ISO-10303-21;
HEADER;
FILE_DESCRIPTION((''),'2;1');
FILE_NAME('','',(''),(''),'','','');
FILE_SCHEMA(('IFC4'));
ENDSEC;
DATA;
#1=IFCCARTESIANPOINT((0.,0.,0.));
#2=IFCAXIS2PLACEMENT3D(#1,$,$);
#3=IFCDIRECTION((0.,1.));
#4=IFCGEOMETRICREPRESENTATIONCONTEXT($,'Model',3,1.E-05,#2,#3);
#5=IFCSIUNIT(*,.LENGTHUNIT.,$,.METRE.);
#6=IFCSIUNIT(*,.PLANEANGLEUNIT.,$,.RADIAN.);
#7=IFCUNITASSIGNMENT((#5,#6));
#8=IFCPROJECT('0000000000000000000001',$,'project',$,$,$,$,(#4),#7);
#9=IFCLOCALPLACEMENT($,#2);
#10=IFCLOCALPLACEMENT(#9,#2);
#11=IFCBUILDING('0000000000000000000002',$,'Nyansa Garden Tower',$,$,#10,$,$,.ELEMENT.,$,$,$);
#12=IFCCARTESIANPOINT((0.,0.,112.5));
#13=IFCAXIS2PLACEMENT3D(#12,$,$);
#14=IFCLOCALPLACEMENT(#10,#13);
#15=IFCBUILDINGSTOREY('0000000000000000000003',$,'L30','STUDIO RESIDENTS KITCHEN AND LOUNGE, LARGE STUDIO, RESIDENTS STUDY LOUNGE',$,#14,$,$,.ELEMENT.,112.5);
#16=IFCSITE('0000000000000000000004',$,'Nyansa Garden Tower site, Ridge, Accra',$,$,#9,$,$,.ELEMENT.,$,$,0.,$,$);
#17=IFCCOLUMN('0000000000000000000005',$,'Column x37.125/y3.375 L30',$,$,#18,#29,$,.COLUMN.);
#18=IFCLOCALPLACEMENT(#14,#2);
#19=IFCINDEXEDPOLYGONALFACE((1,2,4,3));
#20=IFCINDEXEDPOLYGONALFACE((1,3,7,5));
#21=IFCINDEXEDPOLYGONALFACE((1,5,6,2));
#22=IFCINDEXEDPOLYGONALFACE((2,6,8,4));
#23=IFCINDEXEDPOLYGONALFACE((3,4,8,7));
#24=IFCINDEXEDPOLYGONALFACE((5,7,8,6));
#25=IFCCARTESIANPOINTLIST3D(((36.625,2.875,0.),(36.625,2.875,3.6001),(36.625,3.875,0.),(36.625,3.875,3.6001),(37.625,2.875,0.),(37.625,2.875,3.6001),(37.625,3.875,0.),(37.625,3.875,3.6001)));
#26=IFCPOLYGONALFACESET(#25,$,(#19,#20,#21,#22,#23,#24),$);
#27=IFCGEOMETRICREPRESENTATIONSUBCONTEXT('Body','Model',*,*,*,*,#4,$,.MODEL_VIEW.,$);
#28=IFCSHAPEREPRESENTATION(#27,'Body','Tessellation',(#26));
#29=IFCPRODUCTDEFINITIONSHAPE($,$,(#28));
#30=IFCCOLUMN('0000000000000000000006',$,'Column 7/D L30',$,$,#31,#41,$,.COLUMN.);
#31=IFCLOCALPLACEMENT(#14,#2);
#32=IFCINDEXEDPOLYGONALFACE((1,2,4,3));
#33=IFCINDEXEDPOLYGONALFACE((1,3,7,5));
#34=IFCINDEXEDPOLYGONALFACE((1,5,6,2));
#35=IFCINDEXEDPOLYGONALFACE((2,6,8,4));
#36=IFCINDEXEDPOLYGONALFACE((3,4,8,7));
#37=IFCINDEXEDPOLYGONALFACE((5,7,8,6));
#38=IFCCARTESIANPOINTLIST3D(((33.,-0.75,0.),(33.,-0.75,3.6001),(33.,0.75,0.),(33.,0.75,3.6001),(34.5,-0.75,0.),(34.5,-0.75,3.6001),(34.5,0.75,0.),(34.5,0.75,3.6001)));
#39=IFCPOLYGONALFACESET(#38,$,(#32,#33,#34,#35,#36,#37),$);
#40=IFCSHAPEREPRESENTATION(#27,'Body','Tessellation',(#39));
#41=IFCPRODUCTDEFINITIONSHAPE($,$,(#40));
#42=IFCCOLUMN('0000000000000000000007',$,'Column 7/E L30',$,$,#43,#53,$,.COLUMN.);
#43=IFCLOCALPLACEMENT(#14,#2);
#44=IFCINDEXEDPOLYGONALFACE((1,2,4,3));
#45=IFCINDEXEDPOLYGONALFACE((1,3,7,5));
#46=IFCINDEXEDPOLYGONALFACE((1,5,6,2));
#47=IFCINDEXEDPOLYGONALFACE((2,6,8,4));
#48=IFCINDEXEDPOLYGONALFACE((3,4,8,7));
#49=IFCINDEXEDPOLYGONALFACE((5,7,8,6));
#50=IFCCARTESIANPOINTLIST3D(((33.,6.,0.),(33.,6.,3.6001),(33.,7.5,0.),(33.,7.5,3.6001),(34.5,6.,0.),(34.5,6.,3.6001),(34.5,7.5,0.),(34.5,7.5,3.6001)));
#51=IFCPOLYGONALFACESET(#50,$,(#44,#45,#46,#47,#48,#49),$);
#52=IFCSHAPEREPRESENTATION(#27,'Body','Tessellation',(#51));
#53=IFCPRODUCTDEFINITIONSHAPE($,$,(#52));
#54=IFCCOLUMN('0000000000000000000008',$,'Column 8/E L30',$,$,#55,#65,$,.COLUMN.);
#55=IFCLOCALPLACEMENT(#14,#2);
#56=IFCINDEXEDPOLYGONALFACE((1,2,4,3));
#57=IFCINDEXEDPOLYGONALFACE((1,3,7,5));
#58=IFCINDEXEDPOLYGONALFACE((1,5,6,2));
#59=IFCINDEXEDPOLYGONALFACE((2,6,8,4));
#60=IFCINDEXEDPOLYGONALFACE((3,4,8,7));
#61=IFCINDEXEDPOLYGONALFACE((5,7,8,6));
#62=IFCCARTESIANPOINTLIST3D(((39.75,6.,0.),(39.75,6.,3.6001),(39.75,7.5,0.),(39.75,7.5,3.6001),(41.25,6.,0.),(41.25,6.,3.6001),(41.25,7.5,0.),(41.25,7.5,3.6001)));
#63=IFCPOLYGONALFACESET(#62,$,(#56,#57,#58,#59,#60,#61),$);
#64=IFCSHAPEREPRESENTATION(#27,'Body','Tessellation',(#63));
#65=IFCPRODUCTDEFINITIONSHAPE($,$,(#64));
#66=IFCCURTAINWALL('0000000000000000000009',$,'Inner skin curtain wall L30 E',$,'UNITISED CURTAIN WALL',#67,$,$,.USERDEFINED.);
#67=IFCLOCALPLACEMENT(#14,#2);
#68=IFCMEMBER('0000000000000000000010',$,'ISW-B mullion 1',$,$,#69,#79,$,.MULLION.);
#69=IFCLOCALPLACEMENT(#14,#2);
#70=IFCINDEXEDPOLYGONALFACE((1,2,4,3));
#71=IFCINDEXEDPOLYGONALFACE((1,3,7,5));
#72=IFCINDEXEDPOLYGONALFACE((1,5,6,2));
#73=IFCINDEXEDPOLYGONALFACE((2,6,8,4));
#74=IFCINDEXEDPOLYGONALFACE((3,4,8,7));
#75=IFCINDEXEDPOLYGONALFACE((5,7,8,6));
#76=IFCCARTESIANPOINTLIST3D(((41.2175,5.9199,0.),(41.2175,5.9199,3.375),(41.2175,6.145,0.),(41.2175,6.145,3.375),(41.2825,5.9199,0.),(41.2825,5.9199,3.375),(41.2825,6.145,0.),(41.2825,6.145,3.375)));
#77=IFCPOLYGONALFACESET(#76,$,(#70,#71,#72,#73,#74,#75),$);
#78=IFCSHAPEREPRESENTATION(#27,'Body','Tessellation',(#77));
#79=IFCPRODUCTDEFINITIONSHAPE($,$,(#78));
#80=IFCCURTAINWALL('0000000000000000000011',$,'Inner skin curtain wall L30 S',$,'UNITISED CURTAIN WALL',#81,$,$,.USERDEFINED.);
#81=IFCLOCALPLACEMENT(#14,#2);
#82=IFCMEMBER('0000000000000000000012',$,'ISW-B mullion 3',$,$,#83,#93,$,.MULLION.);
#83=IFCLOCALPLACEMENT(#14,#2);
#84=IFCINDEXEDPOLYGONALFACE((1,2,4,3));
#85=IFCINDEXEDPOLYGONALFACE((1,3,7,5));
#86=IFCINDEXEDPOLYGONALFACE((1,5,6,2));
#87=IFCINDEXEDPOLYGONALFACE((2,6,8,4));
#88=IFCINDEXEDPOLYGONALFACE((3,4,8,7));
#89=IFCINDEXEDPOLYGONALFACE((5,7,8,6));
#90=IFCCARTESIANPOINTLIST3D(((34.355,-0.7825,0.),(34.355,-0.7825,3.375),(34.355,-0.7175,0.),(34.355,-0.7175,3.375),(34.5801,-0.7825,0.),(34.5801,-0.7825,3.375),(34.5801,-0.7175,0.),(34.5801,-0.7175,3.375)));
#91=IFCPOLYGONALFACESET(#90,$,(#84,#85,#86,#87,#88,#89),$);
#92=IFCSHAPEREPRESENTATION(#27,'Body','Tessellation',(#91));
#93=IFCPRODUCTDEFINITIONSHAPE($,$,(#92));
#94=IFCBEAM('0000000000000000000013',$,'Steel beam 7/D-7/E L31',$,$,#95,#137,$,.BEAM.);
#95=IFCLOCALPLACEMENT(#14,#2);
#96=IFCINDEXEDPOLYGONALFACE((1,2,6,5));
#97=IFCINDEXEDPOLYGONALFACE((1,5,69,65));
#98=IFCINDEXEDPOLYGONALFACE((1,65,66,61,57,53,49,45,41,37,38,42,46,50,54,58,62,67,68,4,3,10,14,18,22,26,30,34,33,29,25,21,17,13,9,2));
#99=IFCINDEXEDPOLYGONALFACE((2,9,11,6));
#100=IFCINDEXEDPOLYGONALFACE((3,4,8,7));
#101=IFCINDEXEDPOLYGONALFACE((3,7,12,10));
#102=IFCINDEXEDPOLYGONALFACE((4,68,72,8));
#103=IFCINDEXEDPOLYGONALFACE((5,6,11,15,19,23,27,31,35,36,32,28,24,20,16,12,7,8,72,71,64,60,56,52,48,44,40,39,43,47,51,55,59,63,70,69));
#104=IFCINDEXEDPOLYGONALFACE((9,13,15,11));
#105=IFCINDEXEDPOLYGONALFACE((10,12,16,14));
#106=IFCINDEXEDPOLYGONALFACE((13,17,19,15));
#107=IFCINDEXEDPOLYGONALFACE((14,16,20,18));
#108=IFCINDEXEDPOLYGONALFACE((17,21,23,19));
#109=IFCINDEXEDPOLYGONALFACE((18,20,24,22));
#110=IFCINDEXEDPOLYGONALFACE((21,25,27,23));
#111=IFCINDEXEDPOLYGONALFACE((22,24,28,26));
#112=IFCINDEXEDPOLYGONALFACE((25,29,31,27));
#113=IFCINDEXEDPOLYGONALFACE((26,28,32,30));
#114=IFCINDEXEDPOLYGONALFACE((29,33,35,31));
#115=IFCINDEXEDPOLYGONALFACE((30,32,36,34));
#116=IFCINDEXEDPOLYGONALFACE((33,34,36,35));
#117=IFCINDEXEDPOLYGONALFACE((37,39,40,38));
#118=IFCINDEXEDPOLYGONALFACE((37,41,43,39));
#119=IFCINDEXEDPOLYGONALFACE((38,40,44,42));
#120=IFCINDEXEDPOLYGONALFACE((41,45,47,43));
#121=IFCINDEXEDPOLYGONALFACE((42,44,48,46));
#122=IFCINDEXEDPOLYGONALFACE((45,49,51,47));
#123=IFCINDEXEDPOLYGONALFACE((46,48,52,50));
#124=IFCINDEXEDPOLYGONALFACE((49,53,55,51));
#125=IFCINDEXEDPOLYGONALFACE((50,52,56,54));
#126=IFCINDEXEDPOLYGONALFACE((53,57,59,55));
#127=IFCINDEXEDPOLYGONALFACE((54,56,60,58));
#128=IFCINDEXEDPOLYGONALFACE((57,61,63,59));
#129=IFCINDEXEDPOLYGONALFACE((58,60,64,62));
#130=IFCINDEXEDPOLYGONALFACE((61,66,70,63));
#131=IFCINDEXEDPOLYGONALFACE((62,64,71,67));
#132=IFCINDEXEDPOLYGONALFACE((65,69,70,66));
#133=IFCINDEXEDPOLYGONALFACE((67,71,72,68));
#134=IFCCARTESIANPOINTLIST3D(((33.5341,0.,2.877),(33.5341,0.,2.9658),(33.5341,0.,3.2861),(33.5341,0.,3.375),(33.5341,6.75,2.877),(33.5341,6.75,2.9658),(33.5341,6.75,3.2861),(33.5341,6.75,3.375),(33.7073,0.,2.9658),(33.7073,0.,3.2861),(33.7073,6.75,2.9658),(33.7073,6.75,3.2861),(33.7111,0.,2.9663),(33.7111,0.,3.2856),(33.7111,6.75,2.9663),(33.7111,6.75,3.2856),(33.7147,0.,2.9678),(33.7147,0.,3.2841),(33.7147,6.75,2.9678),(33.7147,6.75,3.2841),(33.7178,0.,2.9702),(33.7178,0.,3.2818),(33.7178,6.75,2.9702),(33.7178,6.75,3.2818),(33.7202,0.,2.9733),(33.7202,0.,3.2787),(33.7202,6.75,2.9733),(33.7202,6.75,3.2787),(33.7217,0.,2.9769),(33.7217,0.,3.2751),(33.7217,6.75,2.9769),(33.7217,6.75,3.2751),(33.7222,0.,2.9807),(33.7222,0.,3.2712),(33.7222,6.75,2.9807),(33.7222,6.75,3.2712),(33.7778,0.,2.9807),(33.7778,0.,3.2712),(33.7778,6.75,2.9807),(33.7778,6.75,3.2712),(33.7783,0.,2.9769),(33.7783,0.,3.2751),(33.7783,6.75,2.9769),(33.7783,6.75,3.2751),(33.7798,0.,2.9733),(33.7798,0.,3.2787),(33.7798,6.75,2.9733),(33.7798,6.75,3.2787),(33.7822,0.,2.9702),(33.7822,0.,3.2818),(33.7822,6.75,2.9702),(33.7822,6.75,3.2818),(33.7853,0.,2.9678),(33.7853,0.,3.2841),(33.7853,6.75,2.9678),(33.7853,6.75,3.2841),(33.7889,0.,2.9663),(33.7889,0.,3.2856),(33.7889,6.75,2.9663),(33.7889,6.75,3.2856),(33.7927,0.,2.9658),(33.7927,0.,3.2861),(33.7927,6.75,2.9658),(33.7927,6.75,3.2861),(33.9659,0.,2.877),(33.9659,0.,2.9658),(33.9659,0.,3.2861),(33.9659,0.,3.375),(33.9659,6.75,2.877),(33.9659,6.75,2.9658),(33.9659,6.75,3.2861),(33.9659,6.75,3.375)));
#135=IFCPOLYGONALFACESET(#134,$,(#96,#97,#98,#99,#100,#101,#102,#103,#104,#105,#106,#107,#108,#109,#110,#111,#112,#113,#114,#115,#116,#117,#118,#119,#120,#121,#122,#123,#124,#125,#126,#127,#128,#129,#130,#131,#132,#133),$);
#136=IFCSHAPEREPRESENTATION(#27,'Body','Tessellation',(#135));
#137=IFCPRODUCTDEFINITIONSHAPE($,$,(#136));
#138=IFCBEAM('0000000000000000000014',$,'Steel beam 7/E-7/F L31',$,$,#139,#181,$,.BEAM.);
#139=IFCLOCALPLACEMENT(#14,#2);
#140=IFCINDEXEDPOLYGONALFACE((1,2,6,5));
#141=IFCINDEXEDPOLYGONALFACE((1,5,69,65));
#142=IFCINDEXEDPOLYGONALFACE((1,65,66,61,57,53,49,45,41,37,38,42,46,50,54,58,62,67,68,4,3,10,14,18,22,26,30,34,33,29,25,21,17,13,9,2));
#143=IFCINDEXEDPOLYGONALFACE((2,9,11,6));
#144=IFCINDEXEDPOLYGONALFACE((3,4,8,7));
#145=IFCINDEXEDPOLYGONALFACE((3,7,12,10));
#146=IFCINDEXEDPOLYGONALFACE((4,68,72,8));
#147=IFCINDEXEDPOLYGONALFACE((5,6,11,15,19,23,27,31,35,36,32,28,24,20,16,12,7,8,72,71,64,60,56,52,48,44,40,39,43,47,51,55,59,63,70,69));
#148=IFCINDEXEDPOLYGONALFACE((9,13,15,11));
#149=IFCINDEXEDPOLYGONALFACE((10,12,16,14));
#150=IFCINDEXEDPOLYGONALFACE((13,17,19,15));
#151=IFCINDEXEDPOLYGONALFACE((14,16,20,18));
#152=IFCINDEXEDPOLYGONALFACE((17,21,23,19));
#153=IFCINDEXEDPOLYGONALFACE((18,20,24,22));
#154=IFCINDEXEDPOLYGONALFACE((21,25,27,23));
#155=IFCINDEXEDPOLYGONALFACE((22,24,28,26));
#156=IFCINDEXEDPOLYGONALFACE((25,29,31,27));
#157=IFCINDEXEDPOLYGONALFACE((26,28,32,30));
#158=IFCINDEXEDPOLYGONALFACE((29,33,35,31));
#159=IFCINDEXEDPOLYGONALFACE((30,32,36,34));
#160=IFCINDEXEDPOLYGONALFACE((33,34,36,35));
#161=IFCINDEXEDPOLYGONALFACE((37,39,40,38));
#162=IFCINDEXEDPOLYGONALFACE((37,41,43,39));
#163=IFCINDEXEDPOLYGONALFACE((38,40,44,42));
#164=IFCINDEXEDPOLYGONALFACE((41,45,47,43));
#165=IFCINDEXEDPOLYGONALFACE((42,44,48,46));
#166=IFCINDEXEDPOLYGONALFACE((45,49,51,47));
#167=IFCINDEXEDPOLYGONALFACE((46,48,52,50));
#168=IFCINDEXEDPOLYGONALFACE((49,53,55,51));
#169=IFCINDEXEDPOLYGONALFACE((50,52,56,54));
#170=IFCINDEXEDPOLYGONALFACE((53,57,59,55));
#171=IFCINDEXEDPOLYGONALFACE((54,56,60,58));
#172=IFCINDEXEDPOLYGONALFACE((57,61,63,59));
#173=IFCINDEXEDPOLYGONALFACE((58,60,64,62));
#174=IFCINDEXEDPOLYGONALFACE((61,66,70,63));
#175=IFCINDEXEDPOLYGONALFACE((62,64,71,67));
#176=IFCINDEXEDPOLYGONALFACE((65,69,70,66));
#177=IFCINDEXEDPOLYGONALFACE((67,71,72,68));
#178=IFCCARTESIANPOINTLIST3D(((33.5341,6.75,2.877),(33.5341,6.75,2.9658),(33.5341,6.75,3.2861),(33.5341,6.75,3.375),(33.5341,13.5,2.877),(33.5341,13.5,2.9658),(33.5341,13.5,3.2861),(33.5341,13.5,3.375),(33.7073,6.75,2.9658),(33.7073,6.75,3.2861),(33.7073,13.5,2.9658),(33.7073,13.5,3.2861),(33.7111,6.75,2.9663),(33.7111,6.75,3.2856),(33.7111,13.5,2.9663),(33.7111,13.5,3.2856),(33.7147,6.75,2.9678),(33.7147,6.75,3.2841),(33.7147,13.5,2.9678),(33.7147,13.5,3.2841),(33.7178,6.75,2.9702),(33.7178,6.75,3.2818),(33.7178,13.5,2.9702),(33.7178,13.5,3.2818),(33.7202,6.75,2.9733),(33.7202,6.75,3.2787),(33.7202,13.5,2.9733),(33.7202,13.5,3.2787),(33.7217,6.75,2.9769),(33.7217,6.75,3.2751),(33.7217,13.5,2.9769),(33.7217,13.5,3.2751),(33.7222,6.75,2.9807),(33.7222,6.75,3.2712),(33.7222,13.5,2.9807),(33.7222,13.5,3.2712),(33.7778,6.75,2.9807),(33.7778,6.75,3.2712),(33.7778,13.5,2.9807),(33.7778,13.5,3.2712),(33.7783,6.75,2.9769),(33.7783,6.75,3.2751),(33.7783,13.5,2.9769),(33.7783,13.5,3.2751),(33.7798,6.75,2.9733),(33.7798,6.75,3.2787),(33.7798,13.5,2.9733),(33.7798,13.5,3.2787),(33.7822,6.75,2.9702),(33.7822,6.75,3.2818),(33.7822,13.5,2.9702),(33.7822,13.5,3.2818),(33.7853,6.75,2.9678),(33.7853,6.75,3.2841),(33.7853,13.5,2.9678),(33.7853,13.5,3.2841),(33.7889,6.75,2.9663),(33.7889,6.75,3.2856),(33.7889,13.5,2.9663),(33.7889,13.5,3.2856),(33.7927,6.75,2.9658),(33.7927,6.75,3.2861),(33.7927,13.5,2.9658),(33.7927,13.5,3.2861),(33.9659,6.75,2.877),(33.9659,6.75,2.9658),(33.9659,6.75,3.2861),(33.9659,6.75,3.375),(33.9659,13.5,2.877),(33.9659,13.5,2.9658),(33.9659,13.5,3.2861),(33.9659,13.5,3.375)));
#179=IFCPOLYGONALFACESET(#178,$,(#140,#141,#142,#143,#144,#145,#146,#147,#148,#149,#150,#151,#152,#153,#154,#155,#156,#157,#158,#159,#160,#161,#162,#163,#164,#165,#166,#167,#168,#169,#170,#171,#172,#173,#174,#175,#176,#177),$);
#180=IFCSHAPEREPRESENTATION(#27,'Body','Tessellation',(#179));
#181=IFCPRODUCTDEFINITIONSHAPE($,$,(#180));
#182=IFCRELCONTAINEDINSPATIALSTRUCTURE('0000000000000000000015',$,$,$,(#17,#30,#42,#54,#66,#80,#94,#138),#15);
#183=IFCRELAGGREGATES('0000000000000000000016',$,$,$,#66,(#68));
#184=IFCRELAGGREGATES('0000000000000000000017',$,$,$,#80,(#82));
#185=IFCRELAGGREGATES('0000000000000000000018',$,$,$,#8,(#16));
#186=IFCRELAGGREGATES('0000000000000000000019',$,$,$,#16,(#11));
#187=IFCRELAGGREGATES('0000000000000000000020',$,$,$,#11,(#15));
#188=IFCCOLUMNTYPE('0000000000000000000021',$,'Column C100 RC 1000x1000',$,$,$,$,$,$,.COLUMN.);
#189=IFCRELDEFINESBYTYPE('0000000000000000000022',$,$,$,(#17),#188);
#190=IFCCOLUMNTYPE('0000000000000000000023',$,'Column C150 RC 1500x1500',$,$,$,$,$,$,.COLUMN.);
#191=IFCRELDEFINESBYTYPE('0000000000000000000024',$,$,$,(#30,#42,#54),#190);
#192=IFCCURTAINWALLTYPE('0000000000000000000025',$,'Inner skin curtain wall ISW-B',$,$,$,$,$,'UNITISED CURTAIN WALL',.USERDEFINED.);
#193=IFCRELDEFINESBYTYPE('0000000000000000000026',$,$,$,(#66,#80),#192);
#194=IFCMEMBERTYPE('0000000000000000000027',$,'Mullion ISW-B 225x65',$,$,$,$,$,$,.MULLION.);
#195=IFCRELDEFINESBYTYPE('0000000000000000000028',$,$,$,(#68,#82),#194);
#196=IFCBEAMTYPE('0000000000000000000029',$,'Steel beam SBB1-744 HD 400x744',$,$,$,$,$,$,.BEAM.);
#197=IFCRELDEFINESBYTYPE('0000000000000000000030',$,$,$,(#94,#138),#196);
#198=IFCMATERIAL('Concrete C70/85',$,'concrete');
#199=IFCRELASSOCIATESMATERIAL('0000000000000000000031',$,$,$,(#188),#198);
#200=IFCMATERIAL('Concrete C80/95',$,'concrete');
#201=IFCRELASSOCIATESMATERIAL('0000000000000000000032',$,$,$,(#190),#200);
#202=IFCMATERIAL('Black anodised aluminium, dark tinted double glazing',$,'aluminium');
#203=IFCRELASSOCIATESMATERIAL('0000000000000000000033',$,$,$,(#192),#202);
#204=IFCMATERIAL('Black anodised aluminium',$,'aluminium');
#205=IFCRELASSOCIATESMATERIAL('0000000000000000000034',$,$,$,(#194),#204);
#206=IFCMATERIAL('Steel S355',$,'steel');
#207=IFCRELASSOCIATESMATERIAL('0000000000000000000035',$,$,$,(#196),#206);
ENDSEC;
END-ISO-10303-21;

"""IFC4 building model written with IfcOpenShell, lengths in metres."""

from ifc_helpers import new_model, si_unit, direction, frame, origin, origin_2d, place, context, subcontext, project, spatial, rectangle, i_section, extrude, material, material_profile, profile_set, type_object, element, aggregate, save


model = new_model("IFC4")

# Units and contexts
model_context = context("Model", 3, precision=1e-05, world=origin(), true_north=direction((0.0, 1.0)))
body_context = subcontext(model_context, "Body", "Model", "MODEL_VIEW")
ifc_project = project(units=[si_unit("LENGTHUNIT", "METRE"), si_unit("PLANEANGLEUNIT", "RADIAN")], contexts=[model_context])

# Site, building, storey
site_placement = place(None, origin())
site = spatial("IfcSite", under=ifc_project, at=site_placement, Name="Nyansa Garden Tower site, Ridge, Accra", CompositionType="ELEMENT", RefElevation=0.0)
building_placement = place(site_placement, origin())
building = spatial("IfcBuilding", under=site, at=building_placement, Name="Nyansa Garden Tower", CompositionType="ELEMENT")
storey_placement = place(building_placement, frame((0.0, 0.0, 112.5)))
storey = spatial("IfcBuildingStorey", under=building, at=storey_placement, Name="L30", Description="STUDIO RESIDENTS KITCHEN AND LOUNGE, LARGE STUDIO, RESIDENTS STUDY LOUNGE", CompositionType="ELEMENT", Elevation=112.5)

# Columns
ifc_material_1 = material(Name="Concrete C70/85", Category="concrete")
ifc_material_profile_1 = material_profile(ifc_material_1, rectangle(XDim=1.0, YDim=1.0, at=origin_2d()), Name="RC 1000x1000")
ifc_profile_set_1 = profile_set([ifc_material_profile_1], Name="Concrete C70/85")
column_type_1 = type_object("IfcColumnType", Name="Column C100 RC 1000x1000", PredefinedType="COLUMN", material=ifc_profile_set_1)
column_placement = place(storey_placement, frame((37.125, 3.375, 0.0), z_axis=(0.0, 0.0, 1.0), x_axis=(1.0, 0.0, 0.0)))
element("IfcColumn", 1, at=column_placement, inside=storey, type_object=column_type_1, Name="Column x37.125/y3.375 L30", PredefinedType="COLUMN", context=body_context, shape_type="SweptSolid", body=[
    extrude(rectangle(XDim=1.0, YDim=1.0, at=origin_2d()), origin(), (0.0, 0.0, 1.0), 3.6001),
])
ifc_material_2 = material(Name="Concrete C80/95", Category="concrete")
ifc_material_profile_2 = material_profile(ifc_material_2, rectangle(XDim=1.5, YDim=1.5, at=origin_2d()), Name="RC 1500x1500")
ifc_profile_set_2 = profile_set([ifc_material_profile_2], Name="Concrete C80/95")
column_type_2 = type_object("IfcColumnType", Name="Column C150 RC 1500x1500", PredefinedType="COLUMN", material=ifc_profile_set_2)
for number, where, z_axis, x_axis, name in (
    (2, (33.75, 0.0, 0.0), (0.0, 0.0, 1.0), (1.0, 0.0, 0.0), "Column 7/D L30"),
    (3, (33.75, 6.75, 0.0), (0.0, 0.0, 1.0), (1.0, 0.0, 0.0), "Column 7/E L30"),
    (4, (40.5, 6.75, 0.0), (0.0, 0.0, 1.0), (1.0, 0.0, 0.0), "Column 8/E L30"),
):
    element("IfcColumn", number, at=place(storey_placement, frame(where, z_axis=z_axis, x_axis=x_axis)), inside=storey, type_object=column_type_2, Name=name, PredefinedType="COLUMN", context=body_context, shape_type="SweptSolid", body=[
        extrude(rectangle(XDim=1.5, YDim=1.5, at=origin_2d()), origin(), (0.0, 0.0, 1.0), 3.6001),
    ])

# Curtain walls, members
ifc_material_3 = material(Name="Black anodised aluminium, dark tinted double glazing", Category="aluminium")
curtain_wall_type = type_object("IfcCurtainWallType", Name="Inner skin curtain wall ISW-B", ElementType="UNITISED CURTAIN WALL", PredefinedType="USERDEFINED", material=ifc_material_3)
curtain_wall_1_placement = place(storey_placement, origin())
curtain_wall_1 = element("IfcCurtainWall", 5, at=curtain_wall_1_placement, inside=storey, type_object=curtain_wall_type, Name="Inner skin curtain wall L30 E", ObjectType="UNITISED CURTAIN WALL", PredefinedType="USERDEFINED")
ifc_material_4 = material(Name="Black anodised aluminium", Category="aluminium")
ifc_material_profile_3 = material_profile(ifc_material_4, rectangle(XDim=0.0649, YDim=0.2251, at=origin_2d()), Name="Mullion 225x65")
ifc_profile_set_3 = profile_set([ifc_material_profile_3], Name="Black anodised aluminium")
member_type_1 = type_object("IfcMemberType", Name="Mullion ISW-B 225x65", PredefinedType="MULLION", material=ifc_profile_set_3)
member_1_placement = place(storey_placement, frame((41.25, 6.0325, 0.0), z_axis=(0.0, 0.0, 1.0), x_axis=(-1.0, 0.0, 0.0)))
member_1 = element("IfcMember", 6, at=member_1_placement, type_object=member_type_1, Name="ISW-B mullion 1", PredefinedType="MULLION", context=body_context, shape_type="SweptSolid", body=[
    extrude(rectangle(XDim=0.0649, YDim=0.2251, at=origin_2d()), origin(), (0.0, 0.0, 1.0), 3.375),
])
curtain_wall_2_placement = place(storey_placement, origin())
curtain_wall_2 = element("IfcCurtainWall", 7, at=curtain_wall_2_placement, inside=storey, type_object=curtain_wall_type, Name="Inner skin curtain wall L30 S", ObjectType="UNITISED CURTAIN WALL", PredefinedType="USERDEFINED")
member_2_placement = place(storey_placement, frame((34.4675, -0.75, 0.0), z_axis=(0.0, 0.0, 1.0), x_axis=(0.0, 1.0, 0.0)))
member_2 = element("IfcMember", 8, at=member_2_placement, type_object=member_type_1, Name="ISW-B mullion 3", PredefinedType="MULLION", context=body_context, shape_type="SweptSolid", body=[
    extrude(rectangle(XDim=0.0649, YDim=0.2251, at=origin_2d()), origin(), (0.0, 0.0, 1.0), 3.375),
])

# Beams
ifc_material_5 = material(Name="Steel S355", Category="steel")
ifc_material_profile_4 = material_profile(ifc_material_5, i_section(OverallWidth=0.4319, OverallDepth=0.498, WebThickness=0.0557, FlangeThickness=0.0889, FilletRadius=0.0149, at=origin_2d()), Name="HD 400x744")
ifc_profile_set_4 = profile_set([ifc_material_profile_4], Name="Steel S355")
beam_type_1 = type_object("IfcBeamType", Name="Steel beam SBB1-744 HD 400x744", PredefinedType="BEAM", material=ifc_profile_set_4)
for number, where, z_axis, x_axis, name in (
    (9, (33.75, 0.0, 3.126), (0.0, 1.0, 0.0), (-1.0, 0.0, 0.0), "Steel beam 7/D-7/E L31"),
    (10, (33.75, 6.75, 3.126), (0.0, 1.0, 0.0), (-1.0, 0.0, 0.0), "Steel beam 7/E-7/F L31"),
):
    element("IfcBeam", number, at=place(storey_placement, frame(where, z_axis=z_axis, x_axis=x_axis)), inside=storey, type_object=beam_type_1, Name=name, PredefinedType="BEAM", context=body_context, shape_type="SweptSolid", body=[
        extrude(i_section(OverallWidth=0.4319, OverallDepth=0.498, WebThickness=0.0557, FlangeThickness=0.0889, FilletRadius=0.0149, at=origin_2d()), origin(), (0.0, 0.0, 1.0), 6.75),
    ])

aggregate(curtain_wall_1, [member_1])
aggregate(curtain_wall_2, [member_2])

save(model, "model.ifc")
